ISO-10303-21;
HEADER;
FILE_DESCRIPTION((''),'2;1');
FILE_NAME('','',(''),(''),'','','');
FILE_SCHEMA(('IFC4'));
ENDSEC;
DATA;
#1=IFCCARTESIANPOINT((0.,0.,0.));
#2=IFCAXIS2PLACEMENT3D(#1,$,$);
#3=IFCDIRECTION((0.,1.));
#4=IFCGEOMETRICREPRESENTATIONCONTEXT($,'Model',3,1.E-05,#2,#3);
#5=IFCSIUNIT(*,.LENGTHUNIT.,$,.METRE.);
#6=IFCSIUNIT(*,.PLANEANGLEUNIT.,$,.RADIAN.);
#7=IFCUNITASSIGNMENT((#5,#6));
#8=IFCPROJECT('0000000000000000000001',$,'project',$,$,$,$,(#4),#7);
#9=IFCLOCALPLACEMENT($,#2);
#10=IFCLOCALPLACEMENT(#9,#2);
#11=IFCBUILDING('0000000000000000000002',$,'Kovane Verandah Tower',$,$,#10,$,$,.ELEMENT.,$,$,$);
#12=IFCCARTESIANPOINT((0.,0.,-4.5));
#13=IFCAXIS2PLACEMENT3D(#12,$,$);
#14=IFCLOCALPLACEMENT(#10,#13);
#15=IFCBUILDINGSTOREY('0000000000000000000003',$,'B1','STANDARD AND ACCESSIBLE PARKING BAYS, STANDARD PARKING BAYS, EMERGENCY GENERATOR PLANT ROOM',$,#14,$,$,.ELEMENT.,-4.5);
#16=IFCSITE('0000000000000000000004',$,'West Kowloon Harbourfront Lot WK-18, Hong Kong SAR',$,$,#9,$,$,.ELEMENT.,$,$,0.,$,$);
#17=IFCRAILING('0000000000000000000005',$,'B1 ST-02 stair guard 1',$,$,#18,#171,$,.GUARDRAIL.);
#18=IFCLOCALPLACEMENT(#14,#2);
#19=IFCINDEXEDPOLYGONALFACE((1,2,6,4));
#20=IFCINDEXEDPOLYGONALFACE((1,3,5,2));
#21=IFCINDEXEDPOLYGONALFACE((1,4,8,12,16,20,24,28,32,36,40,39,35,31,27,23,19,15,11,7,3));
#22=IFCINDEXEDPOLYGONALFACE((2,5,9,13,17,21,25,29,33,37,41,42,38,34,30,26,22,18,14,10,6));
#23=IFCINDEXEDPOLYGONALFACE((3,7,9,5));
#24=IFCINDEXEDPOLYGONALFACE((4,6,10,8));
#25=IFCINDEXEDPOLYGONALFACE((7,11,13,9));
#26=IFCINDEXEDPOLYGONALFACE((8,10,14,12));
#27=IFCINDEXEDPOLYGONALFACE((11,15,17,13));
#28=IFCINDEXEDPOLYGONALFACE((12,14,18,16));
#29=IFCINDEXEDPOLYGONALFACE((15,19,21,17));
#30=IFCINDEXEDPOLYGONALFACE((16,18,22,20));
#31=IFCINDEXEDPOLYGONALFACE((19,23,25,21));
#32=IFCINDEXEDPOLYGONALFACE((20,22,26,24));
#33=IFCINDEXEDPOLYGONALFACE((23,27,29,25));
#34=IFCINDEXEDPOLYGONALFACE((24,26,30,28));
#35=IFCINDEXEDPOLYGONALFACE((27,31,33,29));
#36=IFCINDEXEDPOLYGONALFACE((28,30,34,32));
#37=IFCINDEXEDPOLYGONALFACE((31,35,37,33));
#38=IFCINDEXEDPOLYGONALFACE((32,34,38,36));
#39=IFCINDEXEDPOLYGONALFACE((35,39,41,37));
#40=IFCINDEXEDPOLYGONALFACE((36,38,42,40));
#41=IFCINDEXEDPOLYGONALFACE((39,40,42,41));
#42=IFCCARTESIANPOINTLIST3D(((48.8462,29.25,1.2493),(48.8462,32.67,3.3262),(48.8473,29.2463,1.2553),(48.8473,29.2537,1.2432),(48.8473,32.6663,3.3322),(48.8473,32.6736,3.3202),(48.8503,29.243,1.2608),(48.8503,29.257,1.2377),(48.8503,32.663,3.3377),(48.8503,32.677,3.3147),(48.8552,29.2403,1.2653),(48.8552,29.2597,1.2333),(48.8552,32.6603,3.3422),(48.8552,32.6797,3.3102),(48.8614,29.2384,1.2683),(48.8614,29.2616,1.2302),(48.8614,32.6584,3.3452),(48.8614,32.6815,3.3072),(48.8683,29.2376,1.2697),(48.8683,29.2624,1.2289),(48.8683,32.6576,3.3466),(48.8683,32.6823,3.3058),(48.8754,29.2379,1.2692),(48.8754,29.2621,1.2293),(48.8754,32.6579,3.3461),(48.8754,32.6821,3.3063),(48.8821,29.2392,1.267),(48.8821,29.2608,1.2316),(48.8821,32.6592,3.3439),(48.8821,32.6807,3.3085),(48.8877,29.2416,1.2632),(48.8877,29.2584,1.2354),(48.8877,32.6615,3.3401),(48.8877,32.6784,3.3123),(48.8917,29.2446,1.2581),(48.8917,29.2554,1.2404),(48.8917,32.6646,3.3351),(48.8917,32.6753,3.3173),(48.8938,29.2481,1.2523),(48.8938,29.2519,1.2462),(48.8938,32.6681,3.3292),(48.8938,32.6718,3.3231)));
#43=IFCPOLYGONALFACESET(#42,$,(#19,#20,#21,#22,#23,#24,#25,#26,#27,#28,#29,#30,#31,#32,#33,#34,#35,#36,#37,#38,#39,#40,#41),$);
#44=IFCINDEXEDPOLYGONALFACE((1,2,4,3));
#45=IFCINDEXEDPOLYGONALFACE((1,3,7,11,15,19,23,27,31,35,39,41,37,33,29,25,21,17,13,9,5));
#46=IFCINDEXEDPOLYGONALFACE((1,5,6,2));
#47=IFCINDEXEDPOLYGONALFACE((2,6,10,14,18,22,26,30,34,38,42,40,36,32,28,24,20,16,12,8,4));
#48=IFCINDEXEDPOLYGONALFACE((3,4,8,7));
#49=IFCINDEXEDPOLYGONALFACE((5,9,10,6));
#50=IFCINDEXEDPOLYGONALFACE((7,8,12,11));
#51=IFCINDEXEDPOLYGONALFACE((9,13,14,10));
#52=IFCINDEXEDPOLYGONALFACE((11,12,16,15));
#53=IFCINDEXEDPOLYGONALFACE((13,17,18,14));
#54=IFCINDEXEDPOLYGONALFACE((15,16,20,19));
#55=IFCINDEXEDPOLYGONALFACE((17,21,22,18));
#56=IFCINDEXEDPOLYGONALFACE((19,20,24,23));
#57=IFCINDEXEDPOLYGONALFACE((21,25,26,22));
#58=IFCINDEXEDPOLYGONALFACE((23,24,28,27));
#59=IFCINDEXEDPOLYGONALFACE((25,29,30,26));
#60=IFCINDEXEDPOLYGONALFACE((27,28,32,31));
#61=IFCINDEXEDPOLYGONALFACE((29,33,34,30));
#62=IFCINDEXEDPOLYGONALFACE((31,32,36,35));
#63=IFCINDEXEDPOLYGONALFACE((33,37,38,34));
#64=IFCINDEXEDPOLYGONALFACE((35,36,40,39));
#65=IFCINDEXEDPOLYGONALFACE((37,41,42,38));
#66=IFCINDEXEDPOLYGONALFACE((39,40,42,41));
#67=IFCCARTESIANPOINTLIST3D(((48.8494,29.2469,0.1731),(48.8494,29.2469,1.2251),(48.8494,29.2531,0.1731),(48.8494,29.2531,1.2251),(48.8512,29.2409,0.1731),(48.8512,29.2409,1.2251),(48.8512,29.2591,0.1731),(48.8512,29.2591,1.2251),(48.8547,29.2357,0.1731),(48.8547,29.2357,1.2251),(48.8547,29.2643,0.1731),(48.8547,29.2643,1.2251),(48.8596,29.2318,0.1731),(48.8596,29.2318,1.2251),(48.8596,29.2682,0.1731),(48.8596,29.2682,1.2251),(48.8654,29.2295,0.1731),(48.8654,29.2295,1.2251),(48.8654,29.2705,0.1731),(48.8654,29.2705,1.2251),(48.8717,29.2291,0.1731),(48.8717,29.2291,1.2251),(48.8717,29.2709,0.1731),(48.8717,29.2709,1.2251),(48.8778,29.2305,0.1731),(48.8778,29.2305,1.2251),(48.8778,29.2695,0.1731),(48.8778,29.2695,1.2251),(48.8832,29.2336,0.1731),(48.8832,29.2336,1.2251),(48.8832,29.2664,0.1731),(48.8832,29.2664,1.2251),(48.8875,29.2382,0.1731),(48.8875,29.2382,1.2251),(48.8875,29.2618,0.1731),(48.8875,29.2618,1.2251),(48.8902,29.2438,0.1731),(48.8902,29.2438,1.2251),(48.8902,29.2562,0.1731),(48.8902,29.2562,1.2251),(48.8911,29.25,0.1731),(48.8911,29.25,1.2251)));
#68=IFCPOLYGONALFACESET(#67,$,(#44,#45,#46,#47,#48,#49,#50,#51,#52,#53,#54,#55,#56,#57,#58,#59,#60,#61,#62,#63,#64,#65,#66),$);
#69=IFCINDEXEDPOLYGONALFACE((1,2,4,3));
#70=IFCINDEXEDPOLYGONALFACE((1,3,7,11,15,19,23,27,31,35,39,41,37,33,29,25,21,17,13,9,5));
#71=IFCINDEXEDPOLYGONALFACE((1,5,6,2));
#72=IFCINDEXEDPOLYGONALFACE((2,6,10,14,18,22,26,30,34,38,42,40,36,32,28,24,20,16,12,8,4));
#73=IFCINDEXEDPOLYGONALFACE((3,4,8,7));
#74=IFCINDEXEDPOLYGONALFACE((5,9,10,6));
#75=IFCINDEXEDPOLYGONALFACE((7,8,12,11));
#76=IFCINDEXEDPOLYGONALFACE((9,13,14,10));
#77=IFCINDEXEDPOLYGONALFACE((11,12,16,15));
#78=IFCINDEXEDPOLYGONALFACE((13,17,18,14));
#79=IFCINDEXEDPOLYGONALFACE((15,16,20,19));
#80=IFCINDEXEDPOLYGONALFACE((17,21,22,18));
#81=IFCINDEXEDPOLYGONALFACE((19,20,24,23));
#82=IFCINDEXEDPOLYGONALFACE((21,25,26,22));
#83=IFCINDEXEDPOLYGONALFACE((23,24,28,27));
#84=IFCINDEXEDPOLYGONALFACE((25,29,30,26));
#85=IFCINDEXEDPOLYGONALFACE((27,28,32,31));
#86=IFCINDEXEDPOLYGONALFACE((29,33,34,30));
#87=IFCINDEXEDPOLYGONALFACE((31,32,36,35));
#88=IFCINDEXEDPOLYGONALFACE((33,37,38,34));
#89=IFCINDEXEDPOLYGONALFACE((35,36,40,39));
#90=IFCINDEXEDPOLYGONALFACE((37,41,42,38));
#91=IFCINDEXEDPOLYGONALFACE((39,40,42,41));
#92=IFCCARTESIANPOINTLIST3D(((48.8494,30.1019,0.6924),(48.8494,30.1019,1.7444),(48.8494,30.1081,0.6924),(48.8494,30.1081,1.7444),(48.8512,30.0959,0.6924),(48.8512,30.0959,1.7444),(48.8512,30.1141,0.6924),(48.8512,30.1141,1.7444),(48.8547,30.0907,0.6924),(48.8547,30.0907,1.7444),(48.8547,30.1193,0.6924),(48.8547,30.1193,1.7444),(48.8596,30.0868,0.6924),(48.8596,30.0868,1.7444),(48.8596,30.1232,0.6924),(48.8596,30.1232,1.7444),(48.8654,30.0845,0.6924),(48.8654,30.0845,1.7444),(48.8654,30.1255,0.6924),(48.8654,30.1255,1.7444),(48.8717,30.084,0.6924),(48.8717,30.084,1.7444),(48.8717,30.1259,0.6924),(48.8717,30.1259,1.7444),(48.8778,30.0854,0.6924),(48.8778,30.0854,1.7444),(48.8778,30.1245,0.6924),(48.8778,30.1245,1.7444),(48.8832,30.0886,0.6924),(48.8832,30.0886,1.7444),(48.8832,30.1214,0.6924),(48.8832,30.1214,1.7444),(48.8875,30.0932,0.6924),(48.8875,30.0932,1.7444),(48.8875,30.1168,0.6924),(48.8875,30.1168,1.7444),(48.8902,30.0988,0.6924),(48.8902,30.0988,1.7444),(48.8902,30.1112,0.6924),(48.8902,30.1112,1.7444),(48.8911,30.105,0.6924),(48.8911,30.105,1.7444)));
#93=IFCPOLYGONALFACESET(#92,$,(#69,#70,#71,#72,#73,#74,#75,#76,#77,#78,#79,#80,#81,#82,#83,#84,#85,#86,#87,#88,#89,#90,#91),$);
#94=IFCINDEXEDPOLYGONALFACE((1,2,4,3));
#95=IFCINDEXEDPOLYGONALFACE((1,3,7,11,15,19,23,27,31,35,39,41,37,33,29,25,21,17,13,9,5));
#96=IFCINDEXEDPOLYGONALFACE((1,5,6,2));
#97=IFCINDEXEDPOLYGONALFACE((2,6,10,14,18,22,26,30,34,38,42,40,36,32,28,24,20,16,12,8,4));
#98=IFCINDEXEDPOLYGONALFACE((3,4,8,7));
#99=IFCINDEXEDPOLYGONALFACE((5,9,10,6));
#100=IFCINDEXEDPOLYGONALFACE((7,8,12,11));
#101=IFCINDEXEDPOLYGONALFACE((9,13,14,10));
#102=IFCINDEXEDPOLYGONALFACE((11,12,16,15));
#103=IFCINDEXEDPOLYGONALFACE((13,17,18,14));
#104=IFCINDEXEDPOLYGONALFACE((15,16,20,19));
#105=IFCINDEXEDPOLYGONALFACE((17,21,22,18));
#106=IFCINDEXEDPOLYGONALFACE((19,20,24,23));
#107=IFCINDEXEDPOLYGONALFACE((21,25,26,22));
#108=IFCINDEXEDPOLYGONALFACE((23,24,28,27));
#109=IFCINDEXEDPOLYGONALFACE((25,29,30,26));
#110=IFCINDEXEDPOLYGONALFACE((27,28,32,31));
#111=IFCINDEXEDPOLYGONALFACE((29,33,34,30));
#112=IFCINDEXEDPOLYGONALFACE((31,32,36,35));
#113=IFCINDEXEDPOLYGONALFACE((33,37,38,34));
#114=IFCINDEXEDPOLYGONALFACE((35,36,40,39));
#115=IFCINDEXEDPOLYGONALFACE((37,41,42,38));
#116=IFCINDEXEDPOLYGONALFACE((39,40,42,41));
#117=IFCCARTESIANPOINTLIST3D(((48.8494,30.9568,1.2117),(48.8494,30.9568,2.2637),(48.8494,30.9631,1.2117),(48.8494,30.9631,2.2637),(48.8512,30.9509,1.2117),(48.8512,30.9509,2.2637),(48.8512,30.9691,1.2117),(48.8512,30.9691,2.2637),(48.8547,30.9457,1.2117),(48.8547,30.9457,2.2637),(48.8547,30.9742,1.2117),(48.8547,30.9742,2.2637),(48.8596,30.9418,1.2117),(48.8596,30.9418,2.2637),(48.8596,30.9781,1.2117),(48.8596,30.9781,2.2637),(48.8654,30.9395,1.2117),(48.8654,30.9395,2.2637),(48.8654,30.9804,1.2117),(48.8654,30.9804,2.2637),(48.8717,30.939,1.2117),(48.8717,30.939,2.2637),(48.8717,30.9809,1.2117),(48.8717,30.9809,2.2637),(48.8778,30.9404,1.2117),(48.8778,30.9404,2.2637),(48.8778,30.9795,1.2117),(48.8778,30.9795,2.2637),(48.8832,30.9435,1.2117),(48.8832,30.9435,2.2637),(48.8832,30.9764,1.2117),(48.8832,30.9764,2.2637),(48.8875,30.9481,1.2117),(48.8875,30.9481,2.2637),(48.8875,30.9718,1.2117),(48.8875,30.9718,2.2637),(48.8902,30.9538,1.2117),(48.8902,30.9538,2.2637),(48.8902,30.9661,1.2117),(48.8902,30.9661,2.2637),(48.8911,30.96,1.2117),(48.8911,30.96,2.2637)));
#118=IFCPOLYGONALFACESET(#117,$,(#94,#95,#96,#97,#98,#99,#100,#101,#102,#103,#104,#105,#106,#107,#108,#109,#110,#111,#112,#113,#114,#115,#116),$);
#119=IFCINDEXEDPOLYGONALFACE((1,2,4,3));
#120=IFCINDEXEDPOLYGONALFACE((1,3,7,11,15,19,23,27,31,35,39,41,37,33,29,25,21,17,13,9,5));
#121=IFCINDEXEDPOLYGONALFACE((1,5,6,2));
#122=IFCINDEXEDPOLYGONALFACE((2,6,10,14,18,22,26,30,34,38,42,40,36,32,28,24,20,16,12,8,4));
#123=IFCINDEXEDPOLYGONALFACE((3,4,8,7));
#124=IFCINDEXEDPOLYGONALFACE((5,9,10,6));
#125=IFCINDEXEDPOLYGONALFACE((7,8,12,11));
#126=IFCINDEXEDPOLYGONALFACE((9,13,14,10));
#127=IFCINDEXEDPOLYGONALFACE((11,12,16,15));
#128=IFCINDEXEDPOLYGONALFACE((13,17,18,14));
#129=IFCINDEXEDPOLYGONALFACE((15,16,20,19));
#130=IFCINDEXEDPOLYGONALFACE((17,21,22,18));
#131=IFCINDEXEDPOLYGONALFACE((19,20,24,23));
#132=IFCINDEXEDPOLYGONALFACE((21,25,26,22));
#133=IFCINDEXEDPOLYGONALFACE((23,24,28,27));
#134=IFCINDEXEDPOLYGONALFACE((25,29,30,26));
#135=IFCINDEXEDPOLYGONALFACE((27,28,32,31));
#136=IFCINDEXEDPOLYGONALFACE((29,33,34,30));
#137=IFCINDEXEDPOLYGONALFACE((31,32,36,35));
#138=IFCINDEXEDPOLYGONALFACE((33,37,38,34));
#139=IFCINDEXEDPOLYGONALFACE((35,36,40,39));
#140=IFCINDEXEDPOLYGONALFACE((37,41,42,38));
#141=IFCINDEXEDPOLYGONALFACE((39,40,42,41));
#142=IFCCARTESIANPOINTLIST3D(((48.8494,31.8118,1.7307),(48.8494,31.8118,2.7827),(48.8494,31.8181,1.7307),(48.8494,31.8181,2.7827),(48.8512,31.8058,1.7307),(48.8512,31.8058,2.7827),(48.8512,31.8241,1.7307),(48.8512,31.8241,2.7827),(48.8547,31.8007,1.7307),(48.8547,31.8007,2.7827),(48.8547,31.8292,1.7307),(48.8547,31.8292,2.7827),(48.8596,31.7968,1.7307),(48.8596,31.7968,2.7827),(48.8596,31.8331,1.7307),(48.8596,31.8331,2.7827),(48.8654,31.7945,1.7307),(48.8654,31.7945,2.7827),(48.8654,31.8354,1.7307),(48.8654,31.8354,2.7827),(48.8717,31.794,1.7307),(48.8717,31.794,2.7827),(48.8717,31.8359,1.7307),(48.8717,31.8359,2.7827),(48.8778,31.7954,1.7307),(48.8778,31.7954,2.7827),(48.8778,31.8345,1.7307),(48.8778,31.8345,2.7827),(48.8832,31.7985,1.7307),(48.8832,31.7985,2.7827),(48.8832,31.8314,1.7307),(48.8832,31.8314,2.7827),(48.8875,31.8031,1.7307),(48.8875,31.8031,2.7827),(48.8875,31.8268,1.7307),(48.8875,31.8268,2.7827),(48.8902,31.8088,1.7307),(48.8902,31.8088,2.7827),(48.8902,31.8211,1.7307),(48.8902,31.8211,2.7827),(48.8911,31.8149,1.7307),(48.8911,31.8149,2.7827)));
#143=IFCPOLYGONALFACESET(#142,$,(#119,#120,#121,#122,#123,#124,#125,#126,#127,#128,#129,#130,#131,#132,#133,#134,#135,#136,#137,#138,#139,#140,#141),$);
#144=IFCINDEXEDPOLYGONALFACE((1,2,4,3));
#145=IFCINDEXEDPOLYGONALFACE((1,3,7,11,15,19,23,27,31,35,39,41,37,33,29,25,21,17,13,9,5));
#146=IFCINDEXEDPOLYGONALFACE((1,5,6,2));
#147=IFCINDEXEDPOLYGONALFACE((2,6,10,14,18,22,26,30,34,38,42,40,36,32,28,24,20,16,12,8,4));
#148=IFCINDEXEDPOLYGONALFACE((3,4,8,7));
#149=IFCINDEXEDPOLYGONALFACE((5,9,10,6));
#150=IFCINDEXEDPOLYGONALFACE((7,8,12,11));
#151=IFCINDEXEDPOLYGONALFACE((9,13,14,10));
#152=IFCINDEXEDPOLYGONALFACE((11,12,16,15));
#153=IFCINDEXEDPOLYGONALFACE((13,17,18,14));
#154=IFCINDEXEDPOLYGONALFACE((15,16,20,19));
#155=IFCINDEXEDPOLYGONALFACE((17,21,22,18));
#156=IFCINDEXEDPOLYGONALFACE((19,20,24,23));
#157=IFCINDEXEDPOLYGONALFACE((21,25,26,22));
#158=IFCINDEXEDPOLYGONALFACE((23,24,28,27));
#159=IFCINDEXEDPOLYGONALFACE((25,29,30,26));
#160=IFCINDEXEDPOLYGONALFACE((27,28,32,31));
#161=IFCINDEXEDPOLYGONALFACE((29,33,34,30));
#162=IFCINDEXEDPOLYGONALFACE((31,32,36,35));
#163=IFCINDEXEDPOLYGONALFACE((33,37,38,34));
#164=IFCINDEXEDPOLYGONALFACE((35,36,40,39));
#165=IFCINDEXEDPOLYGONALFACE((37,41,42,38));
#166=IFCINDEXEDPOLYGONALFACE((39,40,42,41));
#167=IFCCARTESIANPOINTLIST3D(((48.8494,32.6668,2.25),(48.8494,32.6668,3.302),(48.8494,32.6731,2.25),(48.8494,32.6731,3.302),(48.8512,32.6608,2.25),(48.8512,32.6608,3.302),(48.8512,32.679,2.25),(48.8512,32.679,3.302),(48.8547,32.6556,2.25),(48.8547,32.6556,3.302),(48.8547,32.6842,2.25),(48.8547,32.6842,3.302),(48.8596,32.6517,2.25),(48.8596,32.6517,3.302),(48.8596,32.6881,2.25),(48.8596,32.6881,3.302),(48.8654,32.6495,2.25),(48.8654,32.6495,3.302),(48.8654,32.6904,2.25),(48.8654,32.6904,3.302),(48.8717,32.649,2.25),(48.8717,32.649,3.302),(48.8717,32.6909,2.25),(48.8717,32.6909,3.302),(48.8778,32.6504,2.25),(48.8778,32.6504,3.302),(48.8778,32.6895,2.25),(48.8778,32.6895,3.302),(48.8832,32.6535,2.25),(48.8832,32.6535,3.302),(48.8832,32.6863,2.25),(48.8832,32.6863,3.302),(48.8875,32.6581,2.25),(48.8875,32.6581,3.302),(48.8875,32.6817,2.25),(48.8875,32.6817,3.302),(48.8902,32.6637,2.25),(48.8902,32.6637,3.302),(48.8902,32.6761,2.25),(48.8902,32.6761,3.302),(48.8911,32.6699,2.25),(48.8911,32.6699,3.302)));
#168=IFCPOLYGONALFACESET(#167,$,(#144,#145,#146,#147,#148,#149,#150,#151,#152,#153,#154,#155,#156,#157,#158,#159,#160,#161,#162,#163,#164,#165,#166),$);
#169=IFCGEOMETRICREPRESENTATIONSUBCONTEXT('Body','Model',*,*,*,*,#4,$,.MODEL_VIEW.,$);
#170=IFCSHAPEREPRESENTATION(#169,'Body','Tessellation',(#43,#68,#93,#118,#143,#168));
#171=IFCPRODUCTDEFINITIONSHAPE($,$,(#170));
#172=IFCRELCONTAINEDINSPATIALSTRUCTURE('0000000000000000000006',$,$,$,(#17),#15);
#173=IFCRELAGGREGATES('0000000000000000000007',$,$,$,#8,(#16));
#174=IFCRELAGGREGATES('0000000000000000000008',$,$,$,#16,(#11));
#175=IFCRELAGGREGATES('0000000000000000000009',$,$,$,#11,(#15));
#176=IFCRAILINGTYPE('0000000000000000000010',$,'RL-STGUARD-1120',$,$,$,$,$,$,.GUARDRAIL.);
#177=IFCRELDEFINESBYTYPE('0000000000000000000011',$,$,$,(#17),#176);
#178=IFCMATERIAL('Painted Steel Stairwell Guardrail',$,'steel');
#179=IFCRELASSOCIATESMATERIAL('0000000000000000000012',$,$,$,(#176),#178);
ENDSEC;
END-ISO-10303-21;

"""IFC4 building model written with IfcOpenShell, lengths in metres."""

from ifc_helpers import new_model, si_unit, direction, frame, origin, origin_2d, place, context, subcontext, project, spatial, circle, extrude, material, type_object, element, save


model = new_model("IFC4")

# Units and contexts
model_context = context("Model", 3, precision=1e-05, world=origin(), true_north=direction((0.0, 1.0)))
body_context = subcontext(model_context, "Body", "Model", "MODEL_VIEW")
ifc_project = project(units=[si_unit("LENGTHUNIT", "METRE"), si_unit("PLANEANGLEUNIT", "RADIAN")], contexts=[model_context])

# Site, building, storey
site_placement = place(None, origin())
site = spatial("IfcSite", under=ifc_project, at=site_placement, Name="West Kowloon Harbourfront Lot WK-18, Hong Kong SAR", CompositionType="ELEMENT", RefElevation=0.0)
building_placement = place(site_placement, origin())
building = spatial("IfcBuilding", under=site, at=building_placement, Name="Kovane Verandah Tower", CompositionType="ELEMENT")
storey_placement = place(building_placement, frame((0.0, 0.0, -4.5)))
storey = spatial("IfcBuildingStorey", under=building, at=storey_placement, Name="B1", Description="STANDARD AND ACCESSIBLE PARKING BAYS, STANDARD PARKING BAYS, EMERGENCY GENERATOR PLANT ROOM", CompositionType="ELEMENT", Elevation=-4.5)

# Railing
ifc_material_1 = material(Name="Painted Steel Stairwell Guardrail", Category="steel")
railing_type_1 = type_object("IfcRailingType", Name="RL-STGUARD-1120", PredefinedType="GUARDRAIL", material=ifc_material_1)
railing_1_placement = place(storey_placement, frame((48.8701, 29.25, 0.1731)))
element("IfcRailing", 1, at=railing_1_placement, inside=storey, type_object=railing_type_1, Name="B1 ST-02 stair guard 1", PredefinedType="GUARDRAIL", context=body_context, shape_type="SweptSolid", body=[
    extrude(circle(Radius=0.0239, at=origin_2d()), frame((0.0, 0.0, 1.0762), z_axis=(0.0, 0.85473, 0.519074), x_axis=(-1.0, 0.0, 0.0)), (0.0, 0.0, 1.0), 4.0012),
    extrude(circle(Radius=0.021, at=origin_2d()), origin(), (0.0, 0.0, 1.0), 1.052),
    extrude(circle(Radius=0.021, at=origin_2d()), frame((0.0, 0.855, 0.5193)), (0.0, 0.0, 1.0), 1.052),
    extrude(circle(Radius=0.021, at=origin_2d()), frame((0.0, 1.71, 1.0386)), (0.0, 0.0, 1.0), 1.052),
    extrude(circle(Radius=0.021, at=origin_2d()), frame((0.0, 2.5649, 1.5576)), (0.0, 0.0, 1.0), 1.052),
    extrude(circle(Radius=0.021, at=origin_2d()), frame((0.0, 3.4199, 2.0769)), (0.0, 0.0, 1.0), 1.052),
])

save(model, "model.ifc")
